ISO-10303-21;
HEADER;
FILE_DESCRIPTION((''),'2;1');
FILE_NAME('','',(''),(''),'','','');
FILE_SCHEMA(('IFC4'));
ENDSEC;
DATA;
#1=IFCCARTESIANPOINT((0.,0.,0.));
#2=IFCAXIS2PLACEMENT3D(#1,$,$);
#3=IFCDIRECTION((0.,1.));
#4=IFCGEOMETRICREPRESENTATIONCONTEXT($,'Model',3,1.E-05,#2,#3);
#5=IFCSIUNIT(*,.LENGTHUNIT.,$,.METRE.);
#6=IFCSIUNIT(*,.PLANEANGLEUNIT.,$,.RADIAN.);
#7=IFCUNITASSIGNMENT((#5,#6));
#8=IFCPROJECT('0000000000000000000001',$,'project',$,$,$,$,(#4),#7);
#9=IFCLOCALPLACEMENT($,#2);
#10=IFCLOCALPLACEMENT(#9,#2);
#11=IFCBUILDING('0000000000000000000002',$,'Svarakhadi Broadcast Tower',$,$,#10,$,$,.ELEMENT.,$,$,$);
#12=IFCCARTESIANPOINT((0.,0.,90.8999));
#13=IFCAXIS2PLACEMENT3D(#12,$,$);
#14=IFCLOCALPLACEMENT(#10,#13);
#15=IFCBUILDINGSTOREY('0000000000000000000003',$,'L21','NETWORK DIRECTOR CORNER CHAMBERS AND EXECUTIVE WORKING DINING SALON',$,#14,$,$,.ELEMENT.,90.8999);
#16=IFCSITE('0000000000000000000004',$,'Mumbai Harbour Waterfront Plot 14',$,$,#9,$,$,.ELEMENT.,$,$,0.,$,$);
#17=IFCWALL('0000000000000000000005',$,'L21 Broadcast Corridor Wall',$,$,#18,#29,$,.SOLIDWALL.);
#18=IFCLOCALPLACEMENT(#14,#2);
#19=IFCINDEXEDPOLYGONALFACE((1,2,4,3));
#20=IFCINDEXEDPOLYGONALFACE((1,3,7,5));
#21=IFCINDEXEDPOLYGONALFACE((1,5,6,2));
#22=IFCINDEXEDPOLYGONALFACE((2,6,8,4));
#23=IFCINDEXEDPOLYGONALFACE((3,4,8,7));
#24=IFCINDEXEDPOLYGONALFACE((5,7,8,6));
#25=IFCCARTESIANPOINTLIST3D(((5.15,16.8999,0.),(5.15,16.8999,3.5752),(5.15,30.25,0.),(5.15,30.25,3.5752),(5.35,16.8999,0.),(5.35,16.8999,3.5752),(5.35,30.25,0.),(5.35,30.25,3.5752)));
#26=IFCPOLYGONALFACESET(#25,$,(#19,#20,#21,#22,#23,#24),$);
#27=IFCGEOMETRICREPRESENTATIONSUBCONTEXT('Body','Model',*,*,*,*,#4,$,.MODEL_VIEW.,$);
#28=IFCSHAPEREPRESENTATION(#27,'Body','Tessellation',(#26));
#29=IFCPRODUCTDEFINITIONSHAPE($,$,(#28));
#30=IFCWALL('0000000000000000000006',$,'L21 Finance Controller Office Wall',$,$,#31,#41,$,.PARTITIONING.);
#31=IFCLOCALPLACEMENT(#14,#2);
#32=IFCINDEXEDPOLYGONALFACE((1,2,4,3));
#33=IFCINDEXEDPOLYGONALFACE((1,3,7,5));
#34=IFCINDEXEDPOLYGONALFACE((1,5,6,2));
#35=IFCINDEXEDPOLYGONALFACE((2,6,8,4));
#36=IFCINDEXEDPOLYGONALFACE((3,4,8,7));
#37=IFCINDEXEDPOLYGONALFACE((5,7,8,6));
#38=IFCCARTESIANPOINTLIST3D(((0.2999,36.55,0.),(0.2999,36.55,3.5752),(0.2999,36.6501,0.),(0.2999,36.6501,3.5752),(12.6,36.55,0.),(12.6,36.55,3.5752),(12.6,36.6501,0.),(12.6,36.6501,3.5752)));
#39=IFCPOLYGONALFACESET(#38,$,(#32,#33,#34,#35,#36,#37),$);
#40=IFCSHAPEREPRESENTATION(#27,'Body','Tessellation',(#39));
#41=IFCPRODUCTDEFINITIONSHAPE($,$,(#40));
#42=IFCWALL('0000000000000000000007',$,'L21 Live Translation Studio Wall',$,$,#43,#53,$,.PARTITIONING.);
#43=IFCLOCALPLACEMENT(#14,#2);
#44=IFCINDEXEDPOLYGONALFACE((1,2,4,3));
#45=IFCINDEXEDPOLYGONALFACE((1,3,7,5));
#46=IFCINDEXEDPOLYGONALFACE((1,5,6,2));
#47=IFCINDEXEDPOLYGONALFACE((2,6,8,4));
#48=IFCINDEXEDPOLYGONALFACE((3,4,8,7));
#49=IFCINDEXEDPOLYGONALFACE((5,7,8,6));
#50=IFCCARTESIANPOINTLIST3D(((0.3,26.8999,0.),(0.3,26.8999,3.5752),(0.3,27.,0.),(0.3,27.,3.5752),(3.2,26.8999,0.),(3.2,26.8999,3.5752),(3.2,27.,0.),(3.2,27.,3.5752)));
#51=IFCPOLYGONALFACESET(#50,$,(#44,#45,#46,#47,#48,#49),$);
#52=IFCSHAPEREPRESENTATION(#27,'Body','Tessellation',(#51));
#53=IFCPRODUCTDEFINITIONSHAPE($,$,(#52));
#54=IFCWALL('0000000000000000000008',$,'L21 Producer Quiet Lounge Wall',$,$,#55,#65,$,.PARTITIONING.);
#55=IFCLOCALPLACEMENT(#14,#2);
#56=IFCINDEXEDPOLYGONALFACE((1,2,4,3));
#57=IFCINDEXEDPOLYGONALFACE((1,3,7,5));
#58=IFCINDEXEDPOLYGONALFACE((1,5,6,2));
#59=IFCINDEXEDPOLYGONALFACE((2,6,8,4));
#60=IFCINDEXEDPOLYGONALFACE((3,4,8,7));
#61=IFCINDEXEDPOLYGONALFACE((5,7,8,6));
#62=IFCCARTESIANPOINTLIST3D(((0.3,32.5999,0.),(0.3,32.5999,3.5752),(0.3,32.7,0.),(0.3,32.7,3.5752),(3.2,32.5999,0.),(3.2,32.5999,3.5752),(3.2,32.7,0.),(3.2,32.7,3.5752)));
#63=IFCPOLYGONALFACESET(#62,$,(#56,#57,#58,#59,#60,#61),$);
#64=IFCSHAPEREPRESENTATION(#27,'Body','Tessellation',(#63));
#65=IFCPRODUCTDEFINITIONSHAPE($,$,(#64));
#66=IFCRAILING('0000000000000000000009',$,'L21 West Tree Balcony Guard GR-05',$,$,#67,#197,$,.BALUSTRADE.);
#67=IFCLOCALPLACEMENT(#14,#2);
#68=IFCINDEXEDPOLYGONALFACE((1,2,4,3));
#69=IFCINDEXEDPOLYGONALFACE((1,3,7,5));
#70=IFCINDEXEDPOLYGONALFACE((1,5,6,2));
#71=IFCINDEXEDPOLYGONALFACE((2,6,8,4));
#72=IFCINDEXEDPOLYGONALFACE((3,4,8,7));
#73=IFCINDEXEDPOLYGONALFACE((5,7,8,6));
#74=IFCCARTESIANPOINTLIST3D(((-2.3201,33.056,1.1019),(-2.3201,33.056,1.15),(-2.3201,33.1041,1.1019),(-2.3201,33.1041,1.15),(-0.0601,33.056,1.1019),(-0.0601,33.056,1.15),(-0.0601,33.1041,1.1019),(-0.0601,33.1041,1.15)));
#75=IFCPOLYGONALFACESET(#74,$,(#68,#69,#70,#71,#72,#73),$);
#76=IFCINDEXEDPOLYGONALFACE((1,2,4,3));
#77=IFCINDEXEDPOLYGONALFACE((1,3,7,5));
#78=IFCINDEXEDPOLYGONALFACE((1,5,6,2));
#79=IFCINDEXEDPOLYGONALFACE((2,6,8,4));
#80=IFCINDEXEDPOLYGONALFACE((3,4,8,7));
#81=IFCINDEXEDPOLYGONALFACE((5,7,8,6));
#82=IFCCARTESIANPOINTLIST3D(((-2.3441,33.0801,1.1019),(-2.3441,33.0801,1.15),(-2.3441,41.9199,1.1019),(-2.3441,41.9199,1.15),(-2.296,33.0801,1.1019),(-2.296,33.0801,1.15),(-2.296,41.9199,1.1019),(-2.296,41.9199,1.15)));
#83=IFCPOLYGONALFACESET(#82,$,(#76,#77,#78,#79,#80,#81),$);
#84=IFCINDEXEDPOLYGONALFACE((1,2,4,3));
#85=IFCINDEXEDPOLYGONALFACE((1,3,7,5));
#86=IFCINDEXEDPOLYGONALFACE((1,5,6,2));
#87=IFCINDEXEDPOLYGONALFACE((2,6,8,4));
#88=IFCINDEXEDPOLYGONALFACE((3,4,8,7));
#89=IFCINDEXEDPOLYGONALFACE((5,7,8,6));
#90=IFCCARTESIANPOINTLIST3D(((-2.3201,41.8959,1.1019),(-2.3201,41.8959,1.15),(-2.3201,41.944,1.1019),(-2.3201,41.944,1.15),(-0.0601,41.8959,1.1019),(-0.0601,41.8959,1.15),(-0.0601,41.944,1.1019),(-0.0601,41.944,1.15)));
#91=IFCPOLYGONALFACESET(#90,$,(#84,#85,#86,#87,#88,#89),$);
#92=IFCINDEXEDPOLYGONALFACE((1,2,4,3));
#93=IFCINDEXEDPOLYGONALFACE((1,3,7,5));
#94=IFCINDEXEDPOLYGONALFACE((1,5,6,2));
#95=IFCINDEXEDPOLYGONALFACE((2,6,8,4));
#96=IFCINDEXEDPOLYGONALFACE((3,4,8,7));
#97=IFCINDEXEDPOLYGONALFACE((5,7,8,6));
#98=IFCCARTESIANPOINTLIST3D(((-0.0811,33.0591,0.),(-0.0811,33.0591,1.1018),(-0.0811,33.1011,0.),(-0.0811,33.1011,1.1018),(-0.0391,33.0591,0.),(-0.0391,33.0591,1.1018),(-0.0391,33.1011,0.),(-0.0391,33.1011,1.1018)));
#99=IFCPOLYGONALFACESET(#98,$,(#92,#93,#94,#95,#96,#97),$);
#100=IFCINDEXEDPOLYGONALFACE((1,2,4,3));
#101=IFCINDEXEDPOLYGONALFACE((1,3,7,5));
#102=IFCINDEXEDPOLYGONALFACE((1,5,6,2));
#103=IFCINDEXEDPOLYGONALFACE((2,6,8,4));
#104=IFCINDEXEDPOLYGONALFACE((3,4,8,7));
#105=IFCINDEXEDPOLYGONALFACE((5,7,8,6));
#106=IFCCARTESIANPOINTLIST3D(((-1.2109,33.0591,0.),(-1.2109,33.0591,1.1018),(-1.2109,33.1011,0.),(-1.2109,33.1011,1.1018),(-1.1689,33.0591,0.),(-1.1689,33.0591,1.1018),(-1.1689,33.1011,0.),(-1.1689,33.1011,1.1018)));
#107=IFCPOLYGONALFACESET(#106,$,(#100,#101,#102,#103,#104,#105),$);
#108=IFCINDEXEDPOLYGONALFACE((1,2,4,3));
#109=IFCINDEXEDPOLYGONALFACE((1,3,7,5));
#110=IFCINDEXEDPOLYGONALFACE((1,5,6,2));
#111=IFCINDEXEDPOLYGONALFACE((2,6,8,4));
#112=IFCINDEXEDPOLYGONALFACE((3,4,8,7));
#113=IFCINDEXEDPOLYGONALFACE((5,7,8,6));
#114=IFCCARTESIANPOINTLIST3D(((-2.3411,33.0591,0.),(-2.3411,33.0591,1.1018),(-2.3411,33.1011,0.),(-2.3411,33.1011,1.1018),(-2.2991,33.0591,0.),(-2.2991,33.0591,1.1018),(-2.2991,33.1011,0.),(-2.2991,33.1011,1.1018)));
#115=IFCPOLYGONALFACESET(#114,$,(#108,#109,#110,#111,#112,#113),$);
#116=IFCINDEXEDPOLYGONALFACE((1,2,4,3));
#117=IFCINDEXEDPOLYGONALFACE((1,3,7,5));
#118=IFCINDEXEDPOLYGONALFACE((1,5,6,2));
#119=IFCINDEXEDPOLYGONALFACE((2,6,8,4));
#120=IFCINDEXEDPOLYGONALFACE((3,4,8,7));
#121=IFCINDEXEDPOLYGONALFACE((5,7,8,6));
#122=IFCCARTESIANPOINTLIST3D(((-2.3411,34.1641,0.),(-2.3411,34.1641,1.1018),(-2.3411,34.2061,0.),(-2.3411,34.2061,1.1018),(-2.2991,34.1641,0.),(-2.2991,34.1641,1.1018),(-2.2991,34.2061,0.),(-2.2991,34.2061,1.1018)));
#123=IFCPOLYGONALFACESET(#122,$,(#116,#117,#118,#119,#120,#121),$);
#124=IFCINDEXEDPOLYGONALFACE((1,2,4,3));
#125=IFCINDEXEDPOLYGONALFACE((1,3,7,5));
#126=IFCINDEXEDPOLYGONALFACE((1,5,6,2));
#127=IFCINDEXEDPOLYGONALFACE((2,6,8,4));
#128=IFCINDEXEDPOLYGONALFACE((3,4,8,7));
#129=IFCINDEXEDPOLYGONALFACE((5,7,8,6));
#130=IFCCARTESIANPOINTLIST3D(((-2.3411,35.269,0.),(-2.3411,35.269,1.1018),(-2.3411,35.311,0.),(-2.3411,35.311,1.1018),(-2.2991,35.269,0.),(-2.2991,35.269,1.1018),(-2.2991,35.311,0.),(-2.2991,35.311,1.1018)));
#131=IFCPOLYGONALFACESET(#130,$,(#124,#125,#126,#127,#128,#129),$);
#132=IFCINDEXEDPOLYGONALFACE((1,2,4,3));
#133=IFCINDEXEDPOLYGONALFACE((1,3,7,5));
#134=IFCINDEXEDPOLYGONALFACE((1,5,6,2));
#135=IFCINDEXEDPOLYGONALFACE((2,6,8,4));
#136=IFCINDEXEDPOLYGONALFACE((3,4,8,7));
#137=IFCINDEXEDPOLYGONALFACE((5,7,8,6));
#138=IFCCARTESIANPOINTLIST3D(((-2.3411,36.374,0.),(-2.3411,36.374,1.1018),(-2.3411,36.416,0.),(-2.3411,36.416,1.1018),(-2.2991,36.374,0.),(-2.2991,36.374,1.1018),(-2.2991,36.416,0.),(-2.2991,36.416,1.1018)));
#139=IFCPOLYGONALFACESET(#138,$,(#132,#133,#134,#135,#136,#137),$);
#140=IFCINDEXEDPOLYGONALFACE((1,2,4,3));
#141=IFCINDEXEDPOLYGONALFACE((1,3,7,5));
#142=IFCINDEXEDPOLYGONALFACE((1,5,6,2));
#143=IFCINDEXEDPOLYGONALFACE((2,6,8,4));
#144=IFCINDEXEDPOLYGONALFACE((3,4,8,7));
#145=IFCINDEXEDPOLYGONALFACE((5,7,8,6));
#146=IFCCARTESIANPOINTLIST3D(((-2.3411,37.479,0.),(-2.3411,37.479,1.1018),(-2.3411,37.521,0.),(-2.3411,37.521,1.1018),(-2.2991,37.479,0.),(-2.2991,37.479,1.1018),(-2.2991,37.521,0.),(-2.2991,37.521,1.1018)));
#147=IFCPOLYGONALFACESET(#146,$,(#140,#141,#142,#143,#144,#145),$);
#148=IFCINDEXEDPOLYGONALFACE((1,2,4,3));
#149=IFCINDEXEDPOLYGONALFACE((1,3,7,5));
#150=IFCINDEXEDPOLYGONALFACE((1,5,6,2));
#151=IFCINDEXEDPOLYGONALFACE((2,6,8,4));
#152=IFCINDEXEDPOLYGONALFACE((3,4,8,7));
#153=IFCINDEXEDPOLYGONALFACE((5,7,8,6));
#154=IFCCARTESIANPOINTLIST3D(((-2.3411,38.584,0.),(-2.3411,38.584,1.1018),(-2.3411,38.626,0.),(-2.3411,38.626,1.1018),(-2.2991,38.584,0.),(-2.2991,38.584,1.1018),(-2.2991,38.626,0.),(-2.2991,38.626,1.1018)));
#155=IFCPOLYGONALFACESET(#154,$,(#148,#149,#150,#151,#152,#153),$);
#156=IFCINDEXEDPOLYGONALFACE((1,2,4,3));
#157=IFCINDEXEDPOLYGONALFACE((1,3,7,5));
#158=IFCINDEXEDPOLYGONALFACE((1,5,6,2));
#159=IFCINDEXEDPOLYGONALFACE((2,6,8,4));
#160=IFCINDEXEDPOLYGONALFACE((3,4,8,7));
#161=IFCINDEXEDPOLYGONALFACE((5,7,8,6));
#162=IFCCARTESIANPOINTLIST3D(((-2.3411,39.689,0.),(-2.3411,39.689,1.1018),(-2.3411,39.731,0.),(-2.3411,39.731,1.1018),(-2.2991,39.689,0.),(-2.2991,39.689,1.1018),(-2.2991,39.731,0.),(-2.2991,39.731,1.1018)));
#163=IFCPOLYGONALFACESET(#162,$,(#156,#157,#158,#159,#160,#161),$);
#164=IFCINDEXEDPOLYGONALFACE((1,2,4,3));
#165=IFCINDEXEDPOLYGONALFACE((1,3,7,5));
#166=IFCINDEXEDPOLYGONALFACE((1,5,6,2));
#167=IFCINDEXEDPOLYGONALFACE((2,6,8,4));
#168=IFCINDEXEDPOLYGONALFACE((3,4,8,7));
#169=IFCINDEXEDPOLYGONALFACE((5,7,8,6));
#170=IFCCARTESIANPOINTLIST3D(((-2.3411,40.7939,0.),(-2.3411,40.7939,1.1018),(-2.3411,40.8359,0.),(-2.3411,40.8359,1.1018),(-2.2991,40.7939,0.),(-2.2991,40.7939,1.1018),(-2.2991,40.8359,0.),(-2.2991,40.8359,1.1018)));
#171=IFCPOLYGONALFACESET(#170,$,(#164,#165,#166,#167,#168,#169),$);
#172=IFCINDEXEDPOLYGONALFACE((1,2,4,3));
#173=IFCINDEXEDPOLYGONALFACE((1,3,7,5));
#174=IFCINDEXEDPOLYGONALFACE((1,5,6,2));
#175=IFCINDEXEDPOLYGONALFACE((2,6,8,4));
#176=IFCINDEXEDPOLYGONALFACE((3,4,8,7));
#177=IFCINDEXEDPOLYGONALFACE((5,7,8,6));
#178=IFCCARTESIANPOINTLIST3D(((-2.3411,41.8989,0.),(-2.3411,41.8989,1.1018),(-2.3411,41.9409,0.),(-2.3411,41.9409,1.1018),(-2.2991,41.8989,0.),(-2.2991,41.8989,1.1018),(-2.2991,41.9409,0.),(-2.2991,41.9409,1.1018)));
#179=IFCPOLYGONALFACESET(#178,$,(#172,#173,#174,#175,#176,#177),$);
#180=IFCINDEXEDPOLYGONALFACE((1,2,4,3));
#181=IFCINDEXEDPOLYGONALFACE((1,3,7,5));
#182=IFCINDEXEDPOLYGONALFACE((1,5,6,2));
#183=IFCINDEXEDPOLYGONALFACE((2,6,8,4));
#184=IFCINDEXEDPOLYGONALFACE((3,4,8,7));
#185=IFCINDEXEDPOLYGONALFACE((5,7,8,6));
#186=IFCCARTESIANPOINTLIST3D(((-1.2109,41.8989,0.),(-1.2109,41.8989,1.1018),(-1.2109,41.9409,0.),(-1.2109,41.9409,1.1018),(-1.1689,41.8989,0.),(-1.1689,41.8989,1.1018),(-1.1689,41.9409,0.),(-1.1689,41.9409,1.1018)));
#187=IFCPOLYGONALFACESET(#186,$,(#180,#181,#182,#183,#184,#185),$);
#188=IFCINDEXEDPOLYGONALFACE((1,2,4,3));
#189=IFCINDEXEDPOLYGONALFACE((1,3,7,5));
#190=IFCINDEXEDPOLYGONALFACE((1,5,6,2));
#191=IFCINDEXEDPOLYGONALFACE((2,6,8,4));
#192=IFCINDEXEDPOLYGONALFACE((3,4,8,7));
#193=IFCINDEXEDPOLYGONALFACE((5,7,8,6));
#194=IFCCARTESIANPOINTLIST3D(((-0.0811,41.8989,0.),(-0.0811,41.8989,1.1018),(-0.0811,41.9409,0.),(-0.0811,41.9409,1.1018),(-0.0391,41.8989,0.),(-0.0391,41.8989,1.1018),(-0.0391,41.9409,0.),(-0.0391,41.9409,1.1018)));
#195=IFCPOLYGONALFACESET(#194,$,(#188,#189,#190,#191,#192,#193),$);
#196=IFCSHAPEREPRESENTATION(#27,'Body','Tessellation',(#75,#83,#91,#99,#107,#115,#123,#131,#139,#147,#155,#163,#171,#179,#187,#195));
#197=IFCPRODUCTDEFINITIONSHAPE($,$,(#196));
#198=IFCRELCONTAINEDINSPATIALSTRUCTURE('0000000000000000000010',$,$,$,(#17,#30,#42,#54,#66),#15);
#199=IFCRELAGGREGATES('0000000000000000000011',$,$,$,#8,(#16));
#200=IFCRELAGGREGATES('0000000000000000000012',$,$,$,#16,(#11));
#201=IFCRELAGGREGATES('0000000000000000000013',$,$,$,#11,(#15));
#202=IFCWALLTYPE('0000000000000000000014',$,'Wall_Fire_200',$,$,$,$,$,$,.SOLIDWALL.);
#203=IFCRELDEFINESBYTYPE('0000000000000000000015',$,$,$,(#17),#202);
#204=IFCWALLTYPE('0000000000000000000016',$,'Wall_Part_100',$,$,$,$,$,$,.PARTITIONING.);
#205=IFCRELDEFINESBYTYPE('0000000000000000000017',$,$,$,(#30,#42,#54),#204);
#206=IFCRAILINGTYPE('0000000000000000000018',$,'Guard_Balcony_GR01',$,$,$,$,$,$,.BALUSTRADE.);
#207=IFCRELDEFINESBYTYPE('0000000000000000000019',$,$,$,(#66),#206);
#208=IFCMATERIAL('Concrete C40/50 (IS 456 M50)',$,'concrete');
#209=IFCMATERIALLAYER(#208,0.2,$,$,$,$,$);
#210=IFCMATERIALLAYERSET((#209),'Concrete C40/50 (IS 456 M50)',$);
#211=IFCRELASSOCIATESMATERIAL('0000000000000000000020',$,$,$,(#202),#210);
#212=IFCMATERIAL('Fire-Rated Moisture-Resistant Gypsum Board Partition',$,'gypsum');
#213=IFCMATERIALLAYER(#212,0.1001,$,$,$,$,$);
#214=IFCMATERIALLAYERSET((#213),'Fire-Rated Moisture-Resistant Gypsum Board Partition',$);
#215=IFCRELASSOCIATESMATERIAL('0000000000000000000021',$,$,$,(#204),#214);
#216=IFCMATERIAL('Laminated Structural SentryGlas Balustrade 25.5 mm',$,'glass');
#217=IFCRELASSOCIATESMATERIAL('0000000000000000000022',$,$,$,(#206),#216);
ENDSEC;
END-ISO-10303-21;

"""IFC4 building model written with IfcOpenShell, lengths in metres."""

from ifc_helpers import new_model, si_unit, direction, frame, frame_2d, origin, origin_2d, place, context, subcontext, project, spatial, rectangle, extrude, material, layer, layer_set, type_object, element, save


model = new_model("IFC4")

# Units and contexts
model_context = context("Model", 3, precision=1e-05, world=origin(), true_north=direction((0.0, 1.0)))
body_context = subcontext(model_context, "Body", "Model", "MODEL_VIEW")
ifc_project = project(units=[si_unit("LENGTHUNIT", "METRE"), si_unit("PLANEANGLEUNIT", "RADIAN")], contexts=[model_context])

# Site, building, storey
site_placement = place(None, origin())
site = spatial("IfcSite", under=ifc_project, at=site_placement, Name="Mumbai Harbour Waterfront Plot 14", CompositionType="ELEMENT", RefElevation=0.0)
building_placement = place(site_placement, origin())
building = spatial("IfcBuilding", under=site, at=building_placement, Name="Svarakhadi Broadcast Tower", CompositionType="ELEMENT")
storey_placement = place(building_placement, frame((0.0, 0.0, 90.8999)))
storey = spatial("IfcBuildingStorey", under=building, at=storey_placement, Name="L21", Description="NETWORK DIRECTOR CORNER CHAMBERS AND EXECUTIVE WORKING DINING SALON", CompositionType="ELEMENT", Elevation=90.8999)

# Shared definitions
ifc_material_1 = material(Name="Concrete C40/50 (IS 456 M50)", Category="concrete")

# Walls
ifc_layer_1 = layer(ifc_material_1, 0.2)
ifc_layer_set_1 = layer_set([ifc_layer_1], Name="Concrete C40/50 (IS 456 M50)")
wall_type_1 = type_object("IfcWallType", Name="Wall_Fire_200", PredefinedType="SOLIDWALL", material=ifc_layer_set_1)
wall_1_placement = place(storey_placement, frame((5.25, 30.25, 0.0), z_axis=(0.0, 0.0, 1.0), x_axis=(0.0, -1.0, 0.0)))
element("IfcWall", 1, at=wall_1_placement, inside=storey, type_object=wall_type_1, Name="L21 Broadcast Corridor Wall", PredefinedType="SOLIDWALL", context=body_context, shape_type="SweptSolid", body=[
    extrude(rectangle(XDim=13.3501, YDim=0.2, at=frame_2d((6.675, 0.0))), origin(), (0.0, 0.0, 1.0), 3.5752),
])
ifc_material_2 = material(Name="Fire-Rated Moisture-Resistant Gypsum Board Partition", Category="gypsum")
ifc_layer_2 = layer(ifc_material_2, 0.1001)
ifc_layer_set_2 = layer_set([ifc_layer_2], Name="Fire-Rated Moisture-Resistant Gypsum Board Partition")
wall_type_2 = type_object("IfcWallType", Name="Wall_Part_100", PredefinedType="PARTITIONING", material=ifc_layer_set_2)
wall_2_placement = place(storey_placement, frame((0.3, 36.6001, 0.0), z_axis=(0.0, 0.0, 1.0), x_axis=(1.0, 0.0, 0.0)))
element("IfcWall", 2, at=wall_2_placement, inside=storey, type_object=wall_type_2, Name="L21 Finance Controller Office Wall", PredefinedType="PARTITIONING", context=body_context, shape_type="SweptSolid", body=[
    extrude(rectangle(XDim=12.3, YDim=0.1001, at=frame_2d((6.1499, 0.0))), origin(), (0.0, 0.0, 1.0), 3.5752),
])
for number, where, z_axis, x_axis, name in (
    (3, (0.3, 26.95, 0.0), (0.0, 0.0, 1.0), (1.0, 0.0, 0.0), "L21 Live Translation Studio Wall"),
    (4, (0.3, 32.6499, 0.0), (0.0, 0.0, 1.0), (1.0, 0.0, 0.0), "L21 Producer Quiet Lounge Wall"),
):
    element("IfcWall", number, at=place(storey_placement, frame(where, z_axis=z_axis, x_axis=x_axis)), inside=storey, type_object=wall_type_2, Name=name, PredefinedType="PARTITIONING", context=body_context, shape_type="SweptSolid", body=[
        extrude(rectangle(XDim=2.8999, YDim=0.1001, at=frame_2d((1.45, 0.0))), origin(), (0.0, 0.0, 1.0), 3.5752),
    ])

# Railing
ifc_material_3 = material(Name="Laminated Structural SentryGlas Balustrade 25.5 mm", Category="glass")
railing_type = type_object("IfcRailingType", Name="Guard_Balcony_GR01", PredefinedType="BALUSTRADE", material=ifc_material_3)
railing_placement = place(storey_placement, frame((-0.0601, 33.0801, 0.0)))
element("IfcRailing", 5, at=railing_placement, inside=storey, type_object=railing_type, Name="L21 West Tree Balcony Guard GR-05", PredefinedType="BALUSTRADE", context=body_context, shape_type="SweptSolid", body=[
    extrude(rectangle(XDim=0.0481, YDim=0.0481, at=origin_2d()), frame((0.0, 0.0, 1.126), z_axis=(-1.0, 0.0, 0.0), x_axis=(0.0, -1.0, 0.0)), (0.0, 0.0, 1.0), 2.26),
    extrude(rectangle(XDim=0.0481, YDim=0.0481, at=origin_2d()), frame((-2.26, 0.0, 1.126), z_axis=(0.0, 1.0, 0.0), x_axis=(-1.0, 0.0, 0.0)), (0.0, 0.0, 1.0), 8.8398),
    extrude(rectangle(XDim=0.0481, YDim=0.0481, at=origin_2d()), frame((-2.26, 8.8398, 1.126), z_axis=(1.0, 0.0, 0.0), x_axis=(0.0, 1.0, 0.0)), (0.0, 0.0, 1.0), 2.26),
    extrude(rectangle(XDim=0.042, YDim=0.042, at=origin_2d()), origin(), (0.0, 0.0, 1.0), 1.1018),
    extrude(rectangle(XDim=0.042, YDim=0.042, at=origin_2d()), frame((-1.1299, 0.0, 0.0)), (0.0, 0.0, 1.0), 1.1018),
    extrude(rectangle(XDim=0.042, YDim=0.042, at=origin_2d()), frame((-2.26, 0.0, 0.0)), (0.0, 0.0, 1.0), 1.1018),
    extrude(rectangle(XDim=0.042, YDim=0.042, at=origin_2d()), frame((-2.26, 1.105, 0.0)), (0.0, 0.0, 1.0), 1.1018),
    extrude(rectangle(XDim=0.042, YDim=0.042, at=origin_2d()), frame((-2.26, 2.21, 0.0)), (0.0, 0.0, 1.0), 1.1018),
    extrude(rectangle(XDim=0.042, YDim=0.042, at=origin_2d()), frame((-2.26, 3.3149, 0.0)), (0.0, 0.0, 1.0), 1.1018),
    extrude(rectangle(XDim=0.042, YDim=0.042, at=origin_2d()), frame((-2.26, 4.4199, 0.0)), (0.0, 0.0, 1.0), 1.1018),
    extrude(rectangle(XDim=0.042, YDim=0.042, at=origin_2d()), frame((-2.26, 5.5249, 0.0)), (0.0, 0.0, 1.0), 1.1018),
    extrude(rectangle(XDim=0.042, YDim=0.042, at=origin_2d()), frame((-2.26, 6.6299, 0.0)), (0.0, 0.0, 1.0), 1.1018),
    extrude(rectangle(XDim=0.042, YDim=0.042, at=origin_2d()), frame((-2.26, 7.7349, 0.0)), (0.0, 0.0, 1.0), 1.1018),
    extrude(rectangle(XDim=0.042, YDim=0.042, at=origin_2d()), frame((-2.26, 8.8398, 0.0)), (0.0, 0.0, 1.0), 1.1018),
    extrude(rectangle(XDim=0.042, YDim=0.042, at=origin_2d()), frame((-1.1299, 8.8398, 0.0)), (0.0, 0.0, 1.0), 1.1018),
    extrude(rectangle(XDim=0.042, YDim=0.042, at=origin_2d()), frame((0.0, 8.8398, 0.0)), (0.0, 0.0, 1.0), 1.1018),
])

save(model, "model.ifc")
